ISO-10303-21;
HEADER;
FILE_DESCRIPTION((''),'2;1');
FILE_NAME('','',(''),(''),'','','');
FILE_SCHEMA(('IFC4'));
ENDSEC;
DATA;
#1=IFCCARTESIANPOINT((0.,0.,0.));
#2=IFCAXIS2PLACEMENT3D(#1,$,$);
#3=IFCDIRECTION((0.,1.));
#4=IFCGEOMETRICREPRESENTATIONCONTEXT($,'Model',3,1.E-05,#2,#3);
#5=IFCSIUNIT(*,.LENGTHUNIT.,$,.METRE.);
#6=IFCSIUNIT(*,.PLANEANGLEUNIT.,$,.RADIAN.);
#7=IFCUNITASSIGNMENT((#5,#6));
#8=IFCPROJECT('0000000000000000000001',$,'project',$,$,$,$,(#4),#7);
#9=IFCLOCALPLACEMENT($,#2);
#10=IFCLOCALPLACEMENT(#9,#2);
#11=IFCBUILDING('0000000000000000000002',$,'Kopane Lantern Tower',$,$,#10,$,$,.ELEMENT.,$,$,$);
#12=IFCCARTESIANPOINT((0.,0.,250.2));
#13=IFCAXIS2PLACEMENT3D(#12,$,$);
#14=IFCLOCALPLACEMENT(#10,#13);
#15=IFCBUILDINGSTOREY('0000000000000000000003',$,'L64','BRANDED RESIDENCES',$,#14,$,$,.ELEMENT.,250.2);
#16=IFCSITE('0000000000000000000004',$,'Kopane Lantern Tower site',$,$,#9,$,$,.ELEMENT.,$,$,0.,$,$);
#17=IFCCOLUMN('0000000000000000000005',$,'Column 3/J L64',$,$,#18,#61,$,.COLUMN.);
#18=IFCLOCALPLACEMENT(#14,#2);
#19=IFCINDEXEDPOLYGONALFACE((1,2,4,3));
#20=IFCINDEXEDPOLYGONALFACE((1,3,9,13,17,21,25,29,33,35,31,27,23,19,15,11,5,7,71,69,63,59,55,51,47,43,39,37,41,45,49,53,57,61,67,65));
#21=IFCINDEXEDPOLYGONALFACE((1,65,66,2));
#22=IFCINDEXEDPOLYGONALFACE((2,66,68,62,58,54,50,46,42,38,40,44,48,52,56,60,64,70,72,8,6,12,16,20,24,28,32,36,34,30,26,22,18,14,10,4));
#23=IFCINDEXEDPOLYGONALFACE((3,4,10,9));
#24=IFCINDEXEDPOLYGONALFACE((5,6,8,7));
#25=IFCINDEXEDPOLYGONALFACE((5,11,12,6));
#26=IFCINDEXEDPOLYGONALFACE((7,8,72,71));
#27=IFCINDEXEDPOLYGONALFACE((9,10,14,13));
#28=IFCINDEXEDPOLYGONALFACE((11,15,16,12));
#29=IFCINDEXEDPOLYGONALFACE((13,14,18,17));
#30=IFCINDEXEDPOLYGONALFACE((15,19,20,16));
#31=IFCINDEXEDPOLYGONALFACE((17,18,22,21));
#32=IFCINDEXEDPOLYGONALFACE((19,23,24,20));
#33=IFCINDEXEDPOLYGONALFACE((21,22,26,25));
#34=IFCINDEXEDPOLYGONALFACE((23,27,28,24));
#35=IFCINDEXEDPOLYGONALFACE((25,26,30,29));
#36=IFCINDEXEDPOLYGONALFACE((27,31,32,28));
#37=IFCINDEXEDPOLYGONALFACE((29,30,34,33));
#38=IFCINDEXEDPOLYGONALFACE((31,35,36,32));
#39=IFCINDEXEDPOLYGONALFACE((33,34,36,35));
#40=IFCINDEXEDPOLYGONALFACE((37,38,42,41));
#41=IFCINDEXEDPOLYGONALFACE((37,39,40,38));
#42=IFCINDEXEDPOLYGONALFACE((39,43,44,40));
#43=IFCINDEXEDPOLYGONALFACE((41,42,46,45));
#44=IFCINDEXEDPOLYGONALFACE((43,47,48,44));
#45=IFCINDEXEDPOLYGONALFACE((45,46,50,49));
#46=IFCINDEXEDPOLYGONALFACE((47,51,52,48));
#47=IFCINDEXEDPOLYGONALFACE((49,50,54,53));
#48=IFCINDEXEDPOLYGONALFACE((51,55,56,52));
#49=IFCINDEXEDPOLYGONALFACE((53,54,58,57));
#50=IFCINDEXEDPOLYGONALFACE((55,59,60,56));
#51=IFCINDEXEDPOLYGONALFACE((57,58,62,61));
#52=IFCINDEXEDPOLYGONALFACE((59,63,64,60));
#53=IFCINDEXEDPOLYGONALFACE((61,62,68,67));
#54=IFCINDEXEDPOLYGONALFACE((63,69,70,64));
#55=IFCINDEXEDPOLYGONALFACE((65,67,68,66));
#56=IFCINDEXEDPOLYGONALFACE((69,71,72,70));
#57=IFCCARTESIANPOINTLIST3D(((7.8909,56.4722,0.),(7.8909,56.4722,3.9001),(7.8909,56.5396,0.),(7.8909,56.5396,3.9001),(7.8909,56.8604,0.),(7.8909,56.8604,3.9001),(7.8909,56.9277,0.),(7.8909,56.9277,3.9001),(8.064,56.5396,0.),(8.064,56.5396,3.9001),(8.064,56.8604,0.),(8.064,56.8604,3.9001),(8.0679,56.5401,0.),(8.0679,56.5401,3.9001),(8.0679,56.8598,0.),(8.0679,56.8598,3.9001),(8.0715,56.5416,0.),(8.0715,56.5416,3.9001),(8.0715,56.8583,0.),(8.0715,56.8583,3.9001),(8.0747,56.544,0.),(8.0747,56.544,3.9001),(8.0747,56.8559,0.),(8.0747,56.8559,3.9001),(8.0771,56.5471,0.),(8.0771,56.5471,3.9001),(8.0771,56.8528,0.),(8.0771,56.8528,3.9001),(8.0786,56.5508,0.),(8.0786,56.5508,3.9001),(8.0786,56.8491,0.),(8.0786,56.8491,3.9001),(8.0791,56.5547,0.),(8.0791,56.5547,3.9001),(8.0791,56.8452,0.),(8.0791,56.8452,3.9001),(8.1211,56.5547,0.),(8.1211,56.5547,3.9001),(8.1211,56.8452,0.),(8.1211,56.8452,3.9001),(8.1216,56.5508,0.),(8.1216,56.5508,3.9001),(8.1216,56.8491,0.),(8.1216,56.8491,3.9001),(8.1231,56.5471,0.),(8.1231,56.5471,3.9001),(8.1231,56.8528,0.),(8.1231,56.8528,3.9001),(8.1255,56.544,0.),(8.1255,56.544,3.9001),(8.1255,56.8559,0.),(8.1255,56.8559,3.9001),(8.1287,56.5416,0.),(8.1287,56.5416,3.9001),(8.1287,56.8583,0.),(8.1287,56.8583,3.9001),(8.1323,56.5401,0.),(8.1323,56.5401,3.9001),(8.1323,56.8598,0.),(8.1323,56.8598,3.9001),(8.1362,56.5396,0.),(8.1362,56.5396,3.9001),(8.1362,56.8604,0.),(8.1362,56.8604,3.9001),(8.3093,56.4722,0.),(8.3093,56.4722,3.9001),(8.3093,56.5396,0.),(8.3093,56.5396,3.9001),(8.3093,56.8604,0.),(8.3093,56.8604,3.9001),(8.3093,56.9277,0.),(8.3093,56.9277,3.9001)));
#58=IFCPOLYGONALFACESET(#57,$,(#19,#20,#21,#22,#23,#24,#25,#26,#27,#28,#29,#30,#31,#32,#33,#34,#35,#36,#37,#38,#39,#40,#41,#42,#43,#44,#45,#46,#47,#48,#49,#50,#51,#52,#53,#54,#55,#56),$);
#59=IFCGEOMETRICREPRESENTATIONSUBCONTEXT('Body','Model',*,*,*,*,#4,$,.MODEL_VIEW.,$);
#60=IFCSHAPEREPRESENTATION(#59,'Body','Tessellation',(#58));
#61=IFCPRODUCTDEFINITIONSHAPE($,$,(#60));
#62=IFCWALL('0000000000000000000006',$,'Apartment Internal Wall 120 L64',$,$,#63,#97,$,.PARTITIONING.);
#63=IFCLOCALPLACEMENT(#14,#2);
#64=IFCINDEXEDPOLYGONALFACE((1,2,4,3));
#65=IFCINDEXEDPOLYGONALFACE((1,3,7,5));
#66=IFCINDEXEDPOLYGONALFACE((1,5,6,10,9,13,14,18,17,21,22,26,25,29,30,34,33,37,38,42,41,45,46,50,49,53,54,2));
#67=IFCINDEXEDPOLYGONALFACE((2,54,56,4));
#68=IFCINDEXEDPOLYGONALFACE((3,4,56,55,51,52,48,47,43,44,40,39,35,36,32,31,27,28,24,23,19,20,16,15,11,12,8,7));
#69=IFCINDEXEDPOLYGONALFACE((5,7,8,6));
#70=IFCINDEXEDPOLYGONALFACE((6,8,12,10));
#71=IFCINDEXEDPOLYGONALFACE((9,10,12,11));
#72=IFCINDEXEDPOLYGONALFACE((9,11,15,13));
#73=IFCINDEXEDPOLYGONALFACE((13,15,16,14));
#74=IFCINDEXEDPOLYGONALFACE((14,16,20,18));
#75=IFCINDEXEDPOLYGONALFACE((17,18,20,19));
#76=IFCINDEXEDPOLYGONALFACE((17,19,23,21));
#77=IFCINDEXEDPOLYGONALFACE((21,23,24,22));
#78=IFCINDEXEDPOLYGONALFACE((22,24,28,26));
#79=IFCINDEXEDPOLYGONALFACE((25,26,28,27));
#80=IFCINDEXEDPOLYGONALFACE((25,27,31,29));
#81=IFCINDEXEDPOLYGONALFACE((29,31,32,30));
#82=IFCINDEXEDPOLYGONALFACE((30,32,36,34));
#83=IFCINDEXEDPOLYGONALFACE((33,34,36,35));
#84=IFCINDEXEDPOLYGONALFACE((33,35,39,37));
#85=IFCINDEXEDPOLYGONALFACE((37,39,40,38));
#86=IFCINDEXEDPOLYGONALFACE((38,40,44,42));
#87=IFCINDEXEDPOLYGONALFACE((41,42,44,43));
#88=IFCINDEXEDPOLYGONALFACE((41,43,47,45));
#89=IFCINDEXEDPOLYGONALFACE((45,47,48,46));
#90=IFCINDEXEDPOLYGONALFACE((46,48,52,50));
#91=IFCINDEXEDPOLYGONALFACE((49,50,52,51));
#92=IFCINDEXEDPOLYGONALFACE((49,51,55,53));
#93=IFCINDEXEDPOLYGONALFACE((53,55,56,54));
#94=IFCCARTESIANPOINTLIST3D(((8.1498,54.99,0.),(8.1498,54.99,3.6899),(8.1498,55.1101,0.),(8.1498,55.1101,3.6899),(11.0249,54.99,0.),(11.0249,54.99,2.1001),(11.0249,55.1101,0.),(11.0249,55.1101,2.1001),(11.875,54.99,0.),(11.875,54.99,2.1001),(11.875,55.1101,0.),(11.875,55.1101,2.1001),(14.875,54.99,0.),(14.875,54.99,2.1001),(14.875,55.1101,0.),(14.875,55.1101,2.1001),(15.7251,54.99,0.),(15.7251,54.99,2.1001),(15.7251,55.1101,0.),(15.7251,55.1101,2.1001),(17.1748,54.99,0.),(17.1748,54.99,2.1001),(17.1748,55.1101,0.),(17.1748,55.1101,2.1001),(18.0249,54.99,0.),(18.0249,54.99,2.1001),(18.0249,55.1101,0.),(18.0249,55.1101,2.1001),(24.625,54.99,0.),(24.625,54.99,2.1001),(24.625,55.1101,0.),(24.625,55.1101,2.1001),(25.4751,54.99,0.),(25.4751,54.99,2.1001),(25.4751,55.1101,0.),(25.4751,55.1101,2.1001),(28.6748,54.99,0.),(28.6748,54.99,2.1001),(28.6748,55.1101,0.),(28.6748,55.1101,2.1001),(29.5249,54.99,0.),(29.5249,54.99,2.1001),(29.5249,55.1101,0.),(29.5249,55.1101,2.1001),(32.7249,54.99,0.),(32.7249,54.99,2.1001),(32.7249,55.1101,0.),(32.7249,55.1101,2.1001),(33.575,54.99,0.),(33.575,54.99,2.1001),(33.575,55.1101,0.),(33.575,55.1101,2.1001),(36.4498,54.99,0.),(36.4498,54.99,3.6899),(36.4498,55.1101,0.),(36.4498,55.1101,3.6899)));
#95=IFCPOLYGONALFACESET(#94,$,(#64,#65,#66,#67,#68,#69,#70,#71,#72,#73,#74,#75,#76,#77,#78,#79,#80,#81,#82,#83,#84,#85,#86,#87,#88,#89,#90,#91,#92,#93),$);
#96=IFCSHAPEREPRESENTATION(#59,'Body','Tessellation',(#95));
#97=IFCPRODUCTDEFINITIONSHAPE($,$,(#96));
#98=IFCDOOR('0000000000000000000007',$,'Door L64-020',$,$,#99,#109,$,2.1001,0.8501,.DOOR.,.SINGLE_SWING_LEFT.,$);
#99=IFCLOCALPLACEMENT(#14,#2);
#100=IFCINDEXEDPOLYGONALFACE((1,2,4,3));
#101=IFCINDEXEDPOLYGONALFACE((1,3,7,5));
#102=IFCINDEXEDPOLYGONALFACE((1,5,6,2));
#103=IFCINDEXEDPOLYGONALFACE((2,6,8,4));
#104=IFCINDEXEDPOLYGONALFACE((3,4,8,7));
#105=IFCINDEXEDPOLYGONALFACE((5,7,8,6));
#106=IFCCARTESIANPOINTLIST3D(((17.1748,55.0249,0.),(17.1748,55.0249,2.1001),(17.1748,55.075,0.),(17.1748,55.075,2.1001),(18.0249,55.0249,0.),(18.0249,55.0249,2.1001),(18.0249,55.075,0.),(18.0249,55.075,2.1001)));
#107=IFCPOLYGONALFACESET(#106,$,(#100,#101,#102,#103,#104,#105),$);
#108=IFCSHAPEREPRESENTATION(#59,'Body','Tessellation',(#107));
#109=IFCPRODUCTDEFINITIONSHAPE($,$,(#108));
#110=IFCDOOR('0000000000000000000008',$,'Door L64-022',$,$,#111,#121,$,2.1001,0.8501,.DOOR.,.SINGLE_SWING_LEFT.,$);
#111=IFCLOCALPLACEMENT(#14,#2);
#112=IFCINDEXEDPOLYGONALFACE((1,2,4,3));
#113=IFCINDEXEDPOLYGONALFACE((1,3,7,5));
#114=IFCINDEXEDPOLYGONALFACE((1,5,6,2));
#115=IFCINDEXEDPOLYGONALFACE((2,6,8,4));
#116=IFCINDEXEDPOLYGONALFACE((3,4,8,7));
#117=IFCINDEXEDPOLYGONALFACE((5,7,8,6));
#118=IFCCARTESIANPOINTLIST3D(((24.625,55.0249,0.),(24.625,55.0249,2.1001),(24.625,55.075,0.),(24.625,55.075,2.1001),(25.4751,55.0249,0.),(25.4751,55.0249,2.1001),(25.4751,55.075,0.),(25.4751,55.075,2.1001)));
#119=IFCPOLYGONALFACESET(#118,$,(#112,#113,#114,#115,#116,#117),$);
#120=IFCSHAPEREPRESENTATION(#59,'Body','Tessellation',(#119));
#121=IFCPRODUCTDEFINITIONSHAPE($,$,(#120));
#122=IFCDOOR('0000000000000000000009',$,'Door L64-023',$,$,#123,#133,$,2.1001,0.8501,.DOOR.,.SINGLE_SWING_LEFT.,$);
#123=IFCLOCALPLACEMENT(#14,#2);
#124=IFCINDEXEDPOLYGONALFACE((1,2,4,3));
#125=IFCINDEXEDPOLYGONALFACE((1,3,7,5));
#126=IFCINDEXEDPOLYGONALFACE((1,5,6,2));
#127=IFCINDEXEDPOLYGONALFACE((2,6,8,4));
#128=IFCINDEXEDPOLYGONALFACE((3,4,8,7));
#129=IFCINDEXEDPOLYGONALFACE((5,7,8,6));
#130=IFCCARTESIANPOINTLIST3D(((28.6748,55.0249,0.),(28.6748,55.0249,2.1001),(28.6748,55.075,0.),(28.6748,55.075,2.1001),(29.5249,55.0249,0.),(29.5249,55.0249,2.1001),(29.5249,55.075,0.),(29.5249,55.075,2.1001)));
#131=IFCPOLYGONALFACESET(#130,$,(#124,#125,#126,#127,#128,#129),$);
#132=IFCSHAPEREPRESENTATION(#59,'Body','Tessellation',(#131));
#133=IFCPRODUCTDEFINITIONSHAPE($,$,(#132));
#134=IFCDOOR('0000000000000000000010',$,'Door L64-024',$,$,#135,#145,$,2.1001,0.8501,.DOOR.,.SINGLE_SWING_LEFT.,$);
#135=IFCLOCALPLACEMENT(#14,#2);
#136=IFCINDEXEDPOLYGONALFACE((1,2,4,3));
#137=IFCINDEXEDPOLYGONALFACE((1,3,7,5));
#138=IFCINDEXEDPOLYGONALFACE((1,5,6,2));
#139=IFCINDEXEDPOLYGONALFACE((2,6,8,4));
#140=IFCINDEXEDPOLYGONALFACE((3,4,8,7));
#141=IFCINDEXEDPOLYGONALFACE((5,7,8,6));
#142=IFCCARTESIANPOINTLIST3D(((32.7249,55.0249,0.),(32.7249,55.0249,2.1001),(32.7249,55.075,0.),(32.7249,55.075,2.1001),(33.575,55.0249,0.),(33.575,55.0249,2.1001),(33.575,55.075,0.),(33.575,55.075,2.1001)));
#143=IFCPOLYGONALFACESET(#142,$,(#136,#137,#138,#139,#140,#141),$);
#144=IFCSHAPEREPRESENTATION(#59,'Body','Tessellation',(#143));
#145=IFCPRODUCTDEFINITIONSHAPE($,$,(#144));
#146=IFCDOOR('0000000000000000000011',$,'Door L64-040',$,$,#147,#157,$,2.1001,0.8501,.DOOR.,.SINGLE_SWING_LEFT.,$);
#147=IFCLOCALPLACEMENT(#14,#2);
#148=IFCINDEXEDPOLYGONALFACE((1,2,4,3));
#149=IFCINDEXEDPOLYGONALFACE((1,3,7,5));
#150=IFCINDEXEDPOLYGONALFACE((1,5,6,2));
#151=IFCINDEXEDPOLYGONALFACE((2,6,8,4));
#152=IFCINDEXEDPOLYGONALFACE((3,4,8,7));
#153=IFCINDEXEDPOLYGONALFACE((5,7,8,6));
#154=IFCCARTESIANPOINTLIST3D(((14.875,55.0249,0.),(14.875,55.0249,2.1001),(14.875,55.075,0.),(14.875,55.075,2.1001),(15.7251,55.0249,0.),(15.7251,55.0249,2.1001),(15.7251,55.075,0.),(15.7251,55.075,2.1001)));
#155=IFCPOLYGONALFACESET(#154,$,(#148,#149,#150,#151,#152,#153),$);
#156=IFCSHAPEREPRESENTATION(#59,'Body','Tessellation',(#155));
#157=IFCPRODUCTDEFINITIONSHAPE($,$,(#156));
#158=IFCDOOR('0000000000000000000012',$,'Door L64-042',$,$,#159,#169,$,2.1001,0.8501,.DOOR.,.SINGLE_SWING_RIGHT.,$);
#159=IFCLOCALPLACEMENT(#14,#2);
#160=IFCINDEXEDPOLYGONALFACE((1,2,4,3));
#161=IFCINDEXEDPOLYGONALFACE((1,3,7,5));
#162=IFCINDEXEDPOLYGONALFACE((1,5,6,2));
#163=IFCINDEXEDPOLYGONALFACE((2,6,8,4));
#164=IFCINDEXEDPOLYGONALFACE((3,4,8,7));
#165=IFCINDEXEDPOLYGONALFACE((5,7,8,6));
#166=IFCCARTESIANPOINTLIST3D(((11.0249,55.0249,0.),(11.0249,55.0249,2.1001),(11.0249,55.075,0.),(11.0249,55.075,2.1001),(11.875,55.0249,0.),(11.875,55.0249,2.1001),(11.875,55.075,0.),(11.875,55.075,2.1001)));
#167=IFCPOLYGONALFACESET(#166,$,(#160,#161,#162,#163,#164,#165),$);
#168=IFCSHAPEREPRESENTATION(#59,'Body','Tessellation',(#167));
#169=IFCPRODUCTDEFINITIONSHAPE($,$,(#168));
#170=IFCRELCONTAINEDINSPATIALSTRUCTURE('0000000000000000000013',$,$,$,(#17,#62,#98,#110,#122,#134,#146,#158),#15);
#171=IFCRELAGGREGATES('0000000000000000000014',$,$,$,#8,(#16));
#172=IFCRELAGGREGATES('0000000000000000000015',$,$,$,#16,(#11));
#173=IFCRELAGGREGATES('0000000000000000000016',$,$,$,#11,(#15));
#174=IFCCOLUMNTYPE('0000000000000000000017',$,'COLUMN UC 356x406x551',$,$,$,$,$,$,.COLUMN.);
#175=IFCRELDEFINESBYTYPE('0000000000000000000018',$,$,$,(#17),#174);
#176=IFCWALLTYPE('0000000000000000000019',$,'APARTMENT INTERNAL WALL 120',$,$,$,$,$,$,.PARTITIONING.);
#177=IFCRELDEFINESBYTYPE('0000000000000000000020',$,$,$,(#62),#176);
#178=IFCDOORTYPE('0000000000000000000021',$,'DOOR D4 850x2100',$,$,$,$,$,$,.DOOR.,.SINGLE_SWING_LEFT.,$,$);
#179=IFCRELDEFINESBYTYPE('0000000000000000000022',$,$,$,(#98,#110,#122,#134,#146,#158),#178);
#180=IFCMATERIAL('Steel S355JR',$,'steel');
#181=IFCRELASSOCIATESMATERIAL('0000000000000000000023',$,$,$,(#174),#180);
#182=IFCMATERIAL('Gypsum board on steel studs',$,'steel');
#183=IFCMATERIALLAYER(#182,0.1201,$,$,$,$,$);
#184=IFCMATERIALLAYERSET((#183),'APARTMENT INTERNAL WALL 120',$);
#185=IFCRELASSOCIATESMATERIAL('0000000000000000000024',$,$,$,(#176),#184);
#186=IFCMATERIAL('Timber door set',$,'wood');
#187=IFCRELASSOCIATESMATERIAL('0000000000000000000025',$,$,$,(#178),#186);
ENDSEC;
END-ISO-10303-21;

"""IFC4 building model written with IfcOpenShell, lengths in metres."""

from ifc_helpers import new_model, si_unit, direction, frame, frame_2d, origin, origin_2d, place, context, subcontext, project, spatial, rectangle, i_section, extrude, material, layer, layer_set, material_profile, profile_set, type_object, element, fill, save


model = new_model("IFC4")

# Units and contexts
model_context = context("Model", 3, precision=1e-05, world=origin(), true_north=direction((0.0, 1.0)))
body_context = subcontext(model_context, "Body", "Model", "MODEL_VIEW")
ifc_project = project(units=[si_unit("LENGTHUNIT", "METRE"), si_unit("PLANEANGLEUNIT", "RADIAN")], contexts=[model_context])

# Site, building, storey
site_placement = place(None, origin())
site = spatial("IfcSite", under=ifc_project, at=site_placement, Name="Kopane Lantern Tower site", CompositionType="ELEMENT", RefElevation=0.0)
building_placement = place(site_placement, origin())
building = spatial("IfcBuilding", under=site, at=building_placement, Name="Kopane Lantern Tower", CompositionType="ELEMENT")
storey_placement = place(building_placement, frame((0.0, 0.0, 250.2)))
storey = spatial("IfcBuildingStorey", under=building, at=storey_placement, Name="L64", Description="BRANDED RESIDENCES", CompositionType="ELEMENT", Elevation=250.2)

# Column
ifc_material_1 = material(Name="Steel S355JR", Category="steel")
ifc_material_profile = material_profile(ifc_material_1, i_section(OverallWidth=0.4185, OverallDepth=0.4556, WebThickness=0.042, FlangeThickness=0.0674, FilletRadius=0.0151, at=origin_2d()), Name="UC 356x406x551")
ifc_profile_set = profile_set([ifc_material_profile], Name="Steel S355JR")
column_type = type_object("IfcColumnType", Name="COLUMN UC 356x406x551", PredefinedType="COLUMN", material=ifc_profile_set)
column_placement = place(storey_placement, frame((8.1001, 56.7, 0.0), z_axis=(0.0, 0.0, 1.0), x_axis=(1.0, 0.0, 0.0)))
element("IfcColumn", 1, at=column_placement, inside=storey, type_object=column_type, Name="Column 3/J L64", PredefinedType="COLUMN", context=body_context, shape_type="SweptSolid", body=[
    extrude(i_section(OverallWidth=0.4185, OverallDepth=0.4556, WebThickness=0.042, FlangeThickness=0.0674, FilletRadius=0.0151, at=origin_2d()), origin(), (0.0, 0.0, 1.0), 3.9001),
])

# Wall, openings, doors
ifc_material_2 = material(Name="Gypsum board on steel studs", Category="steel")
ifc_layer_1 = layer(ifc_material_2, 0.1201)
ifc_layer_set_1 = layer_set([ifc_layer_1], Name="APARTMENT INTERNAL WALL 120")
wall_type_1 = type_object("IfcWallType", Name="APARTMENT INTERNAL WALL 120", PredefinedType="PARTITIONING", material=ifc_layer_set_1)
wall_1_placement = place(storey_placement, frame((8.1499, 55.05, 0.0), z_axis=(0.0, 0.0, 1.0), x_axis=(1.0, 0.0, 0.0)))
wall_1 = element("IfcWall", 2, at=wall_1_placement, inside=storey, type_object=wall_type_1, Name="Apartment Internal Wall 120 L64", PredefinedType="PARTITIONING", context=body_context, shape_type="SweptSolid", body=[
    extrude(rectangle(XDim=28.3, YDim=0.1201, at=frame_2d((14.1499, 0.0))), origin(), (0.0, 0.0, 1.0), 3.6899),
])
opening_1_placement = place(wall_1_placement, frame((9.0249, 0.0, 0.0)))
opening_1 = element("IfcOpeningElement", 3, at=opening_1_placement, cuts=wall_1, PredefinedType="OPENING", context=body_context, shape_type="SweptSolid", body=[
    extrude(rectangle(XDim=0.8501, YDim=2.1001, at=frame_2d((0.425, 1.05))), frame((0.0, 0.0701, 0.0), z_axis=(0.0, -1.0, 0.0), x_axis=(1.0, 0.0, 0.0)), (0.0, 0.0, 1.0), 0.1401),
])
opening_2_placement = place(wall_1_placement, frame((16.4751, 0.0, 0.0)))
opening_2 = element("IfcOpeningElement", 4, at=opening_2_placement, cuts=wall_1, PredefinedType="OPENING", context=body_context, shape_type="SweptSolid", body=[
    extrude(rectangle(XDim=0.8501, YDim=2.1001, at=frame_2d((0.425, 1.05))), frame((0.0, 0.0701, 0.0), z_axis=(0.0, -1.0, 0.0), x_axis=(1.0, 0.0, 0.0)), (0.0, 0.0, 1.0), 0.1401),
])
opening_3_placement = place(wall_1_placement, frame((20.5249, 0.0, 0.0)))
opening_3 = element("IfcOpeningElement", 5, at=opening_3_placement, cuts=wall_1, PredefinedType="OPENING", context=body_context, shape_type="SweptSolid", body=[
    extrude(rectangle(XDim=0.8501, YDim=2.1001, at=frame_2d((0.425, 1.05))), frame((0.0, 0.0701, 0.0), z_axis=(0.0, -1.0, 0.0), x_axis=(1.0, 0.0, 0.0)), (0.0, 0.0, 1.0), 0.1401),
])
opening_4_placement = place(wall_1_placement, frame((24.575, 0.0, 0.0)))
opening_4 = element("IfcOpeningElement", 6, at=opening_4_placement, cuts=wall_1, PredefinedType="OPENING", context=body_context, shape_type="SweptSolid", body=[
    extrude(rectangle(XDim=0.8501, YDim=2.1001, at=frame_2d((0.425, 1.05))), frame((0.0, 0.0701, 0.0), z_axis=(0.0, -1.0, 0.0), x_axis=(1.0, 0.0, 0.0)), (0.0, 0.0, 1.0), 0.1401),
])
opening_5_placement = place(wall_1_placement, frame((6.7251, 0.0, 0.0)))
opening_5 = element("IfcOpeningElement", 7, at=opening_5_placement, cuts=wall_1, PredefinedType="OPENING", context=body_context, shape_type="SweptSolid", body=[
    extrude(rectangle(XDim=0.8501, YDim=2.1001, at=frame_2d((0.425, 1.05))), frame((0.0, 0.0701, 0.0), z_axis=(0.0, -1.0, 0.0), x_axis=(1.0, 0.0, 0.0)), (0.0, 0.0, 1.0), 0.1401),
])
opening_6_placement = place(wall_1_placement, frame((2.875, 0.0, 0.0)))
opening_6 = element("IfcOpeningElement", 8, at=opening_6_placement, cuts=wall_1, PredefinedType="OPENING", context=body_context, shape_type="SweptSolid", body=[
    extrude(rectangle(XDim=0.8501, YDim=2.1001, at=frame_2d((0.425, 1.05))), frame((0.0, 0.0701, 0.0), z_axis=(0.0, -1.0, 0.0), x_axis=(1.0, 0.0, 0.0)), (0.0, 0.0, 1.0), 0.1401),
])
ifc_material_3 = material(Name="Timber door set", Category="wood")
door_type_1 = type_object("IfcDoorType", Name="DOOR D4 850x2100", OperationType="SINGLE_SWING_LEFT", PredefinedType="DOOR", material=ifc_material_3)
door_1_placement = place(opening_1_placement, origin())
door_1 = element("IfcDoor", 9, at=door_1_placement, inside=storey, type_object=door_type_1, Name="Door L64-020", OperationType="SINGLE_SWING_LEFT", OverallHeight=2.1001, OverallWidth=0.8501, PredefinedType="DOOR", context=body_context, shape_type="SweptSolid", body=[
    extrude(rectangle(XDim=0.8501, YDim=2.1001, at=frame_2d((0.425, 1.05))), frame((0.0, 0.0249, 0.0), z_axis=(0.0, -1.0, 0.0), x_axis=(1.0, 0.0, 0.0)), (0.0, 0.0, 1.0), 0.05),
])
fill(opening_1, door_1)
door_2_placement = place(opening_2_placement, origin())
door_2 = element("IfcDoor", 10, at=door_2_placement, inside=storey, type_object=door_type_1, Name="Door L64-022", OperationType="SINGLE_SWING_LEFT", OverallHeight=2.1001, OverallWidth=0.8501, PredefinedType="DOOR", context=body_context, shape_type="SweptSolid", body=[
    extrude(rectangle(XDim=0.8501, YDim=2.1001, at=frame_2d((0.425, 1.05))), frame((0.0, 0.0249, 0.0), z_axis=(0.0, -1.0, 0.0), x_axis=(1.0, 0.0, 0.0)), (0.0, 0.0, 1.0), 0.05),
])
fill(opening_2, door_2)
door_3_placement = place(opening_3_placement, origin())
door_3 = element("IfcDoor", 11, at=door_3_placement, inside=storey, type_object=door_type_1, Name="Door L64-023", OperationType="SINGLE_SWING_LEFT", OverallHeight=2.1001, OverallWidth=0.8501, PredefinedType="DOOR", context=body_context, shape_type="SweptSolid", body=[
    extrude(rectangle(XDim=0.8501, YDim=2.1001, at=frame_2d((0.425, 1.05))), frame((0.0, 0.0249, 0.0), z_axis=(0.0, -1.0, 0.0), x_axis=(1.0, 0.0, 0.0)), (0.0, 0.0, 1.0), 0.05),
])
fill(opening_3, door_3)
door_4_placement = place(opening_4_placement, origin())
door_4 = element("IfcDoor", 12, at=door_4_placement, inside=storey, type_object=door_type_1, Name="Door L64-024", OperationType="SINGLE_SWING_LEFT", OverallHeight=2.1001, OverallWidth=0.8501, PredefinedType="DOOR", context=body_context, shape_type="SweptSolid", body=[
    extrude(rectangle(XDim=0.8501, YDim=2.1001, at=frame_2d((0.425, 1.05))), frame((0.0, 0.0249, 0.0), z_axis=(0.0, -1.0, 0.0), x_axis=(1.0, 0.0, 0.0)), (0.0, 0.0, 1.0), 0.05),
])
fill(opening_4, door_4)
door_5_placement = place(opening_5_placement, origin())
door_5 = element("IfcDoor", 13, at=door_5_placement, inside=storey, type_object=door_type_1, Name="Door L64-040", OperationType="SINGLE_SWING_LEFT", OverallHeight=2.1001, OverallWidth=0.8501, PredefinedType="DOOR", context=body_context, shape_type="SweptSolid", body=[
    extrude(rectangle(XDim=0.8501, YDim=2.1001, at=frame_2d((0.425, 1.05))), frame((0.0, 0.0249, 0.0), z_axis=(0.0, -1.0, 0.0), x_axis=(1.0, 0.0, 0.0)), (0.0, 0.0, 1.0), 0.05),
])
fill(opening_5, door_5)
door_6_placement = place(opening_6_placement, origin())
door_6 = element("IfcDoor", 14, at=door_6_placement, inside=storey, type_object=door_type_1, Name="Door L64-042", OperationType="SINGLE_SWING_RIGHT", OverallHeight=2.1001, OverallWidth=0.8501, PredefinedType="DOOR", context=body_context, shape_type="SweptSolid", body=[
    extrude(rectangle(XDim=0.8501, YDim=2.1001, at=frame_2d((0.425, 1.05))), frame((0.0, 0.0249, 0.0), z_axis=(0.0, -1.0, 0.0), x_axis=(1.0, 0.0, 0.0)), (0.0, 0.0, 1.0), 0.05),
])
fill(opening_6, door_6)

save(model, "model.ifc")
